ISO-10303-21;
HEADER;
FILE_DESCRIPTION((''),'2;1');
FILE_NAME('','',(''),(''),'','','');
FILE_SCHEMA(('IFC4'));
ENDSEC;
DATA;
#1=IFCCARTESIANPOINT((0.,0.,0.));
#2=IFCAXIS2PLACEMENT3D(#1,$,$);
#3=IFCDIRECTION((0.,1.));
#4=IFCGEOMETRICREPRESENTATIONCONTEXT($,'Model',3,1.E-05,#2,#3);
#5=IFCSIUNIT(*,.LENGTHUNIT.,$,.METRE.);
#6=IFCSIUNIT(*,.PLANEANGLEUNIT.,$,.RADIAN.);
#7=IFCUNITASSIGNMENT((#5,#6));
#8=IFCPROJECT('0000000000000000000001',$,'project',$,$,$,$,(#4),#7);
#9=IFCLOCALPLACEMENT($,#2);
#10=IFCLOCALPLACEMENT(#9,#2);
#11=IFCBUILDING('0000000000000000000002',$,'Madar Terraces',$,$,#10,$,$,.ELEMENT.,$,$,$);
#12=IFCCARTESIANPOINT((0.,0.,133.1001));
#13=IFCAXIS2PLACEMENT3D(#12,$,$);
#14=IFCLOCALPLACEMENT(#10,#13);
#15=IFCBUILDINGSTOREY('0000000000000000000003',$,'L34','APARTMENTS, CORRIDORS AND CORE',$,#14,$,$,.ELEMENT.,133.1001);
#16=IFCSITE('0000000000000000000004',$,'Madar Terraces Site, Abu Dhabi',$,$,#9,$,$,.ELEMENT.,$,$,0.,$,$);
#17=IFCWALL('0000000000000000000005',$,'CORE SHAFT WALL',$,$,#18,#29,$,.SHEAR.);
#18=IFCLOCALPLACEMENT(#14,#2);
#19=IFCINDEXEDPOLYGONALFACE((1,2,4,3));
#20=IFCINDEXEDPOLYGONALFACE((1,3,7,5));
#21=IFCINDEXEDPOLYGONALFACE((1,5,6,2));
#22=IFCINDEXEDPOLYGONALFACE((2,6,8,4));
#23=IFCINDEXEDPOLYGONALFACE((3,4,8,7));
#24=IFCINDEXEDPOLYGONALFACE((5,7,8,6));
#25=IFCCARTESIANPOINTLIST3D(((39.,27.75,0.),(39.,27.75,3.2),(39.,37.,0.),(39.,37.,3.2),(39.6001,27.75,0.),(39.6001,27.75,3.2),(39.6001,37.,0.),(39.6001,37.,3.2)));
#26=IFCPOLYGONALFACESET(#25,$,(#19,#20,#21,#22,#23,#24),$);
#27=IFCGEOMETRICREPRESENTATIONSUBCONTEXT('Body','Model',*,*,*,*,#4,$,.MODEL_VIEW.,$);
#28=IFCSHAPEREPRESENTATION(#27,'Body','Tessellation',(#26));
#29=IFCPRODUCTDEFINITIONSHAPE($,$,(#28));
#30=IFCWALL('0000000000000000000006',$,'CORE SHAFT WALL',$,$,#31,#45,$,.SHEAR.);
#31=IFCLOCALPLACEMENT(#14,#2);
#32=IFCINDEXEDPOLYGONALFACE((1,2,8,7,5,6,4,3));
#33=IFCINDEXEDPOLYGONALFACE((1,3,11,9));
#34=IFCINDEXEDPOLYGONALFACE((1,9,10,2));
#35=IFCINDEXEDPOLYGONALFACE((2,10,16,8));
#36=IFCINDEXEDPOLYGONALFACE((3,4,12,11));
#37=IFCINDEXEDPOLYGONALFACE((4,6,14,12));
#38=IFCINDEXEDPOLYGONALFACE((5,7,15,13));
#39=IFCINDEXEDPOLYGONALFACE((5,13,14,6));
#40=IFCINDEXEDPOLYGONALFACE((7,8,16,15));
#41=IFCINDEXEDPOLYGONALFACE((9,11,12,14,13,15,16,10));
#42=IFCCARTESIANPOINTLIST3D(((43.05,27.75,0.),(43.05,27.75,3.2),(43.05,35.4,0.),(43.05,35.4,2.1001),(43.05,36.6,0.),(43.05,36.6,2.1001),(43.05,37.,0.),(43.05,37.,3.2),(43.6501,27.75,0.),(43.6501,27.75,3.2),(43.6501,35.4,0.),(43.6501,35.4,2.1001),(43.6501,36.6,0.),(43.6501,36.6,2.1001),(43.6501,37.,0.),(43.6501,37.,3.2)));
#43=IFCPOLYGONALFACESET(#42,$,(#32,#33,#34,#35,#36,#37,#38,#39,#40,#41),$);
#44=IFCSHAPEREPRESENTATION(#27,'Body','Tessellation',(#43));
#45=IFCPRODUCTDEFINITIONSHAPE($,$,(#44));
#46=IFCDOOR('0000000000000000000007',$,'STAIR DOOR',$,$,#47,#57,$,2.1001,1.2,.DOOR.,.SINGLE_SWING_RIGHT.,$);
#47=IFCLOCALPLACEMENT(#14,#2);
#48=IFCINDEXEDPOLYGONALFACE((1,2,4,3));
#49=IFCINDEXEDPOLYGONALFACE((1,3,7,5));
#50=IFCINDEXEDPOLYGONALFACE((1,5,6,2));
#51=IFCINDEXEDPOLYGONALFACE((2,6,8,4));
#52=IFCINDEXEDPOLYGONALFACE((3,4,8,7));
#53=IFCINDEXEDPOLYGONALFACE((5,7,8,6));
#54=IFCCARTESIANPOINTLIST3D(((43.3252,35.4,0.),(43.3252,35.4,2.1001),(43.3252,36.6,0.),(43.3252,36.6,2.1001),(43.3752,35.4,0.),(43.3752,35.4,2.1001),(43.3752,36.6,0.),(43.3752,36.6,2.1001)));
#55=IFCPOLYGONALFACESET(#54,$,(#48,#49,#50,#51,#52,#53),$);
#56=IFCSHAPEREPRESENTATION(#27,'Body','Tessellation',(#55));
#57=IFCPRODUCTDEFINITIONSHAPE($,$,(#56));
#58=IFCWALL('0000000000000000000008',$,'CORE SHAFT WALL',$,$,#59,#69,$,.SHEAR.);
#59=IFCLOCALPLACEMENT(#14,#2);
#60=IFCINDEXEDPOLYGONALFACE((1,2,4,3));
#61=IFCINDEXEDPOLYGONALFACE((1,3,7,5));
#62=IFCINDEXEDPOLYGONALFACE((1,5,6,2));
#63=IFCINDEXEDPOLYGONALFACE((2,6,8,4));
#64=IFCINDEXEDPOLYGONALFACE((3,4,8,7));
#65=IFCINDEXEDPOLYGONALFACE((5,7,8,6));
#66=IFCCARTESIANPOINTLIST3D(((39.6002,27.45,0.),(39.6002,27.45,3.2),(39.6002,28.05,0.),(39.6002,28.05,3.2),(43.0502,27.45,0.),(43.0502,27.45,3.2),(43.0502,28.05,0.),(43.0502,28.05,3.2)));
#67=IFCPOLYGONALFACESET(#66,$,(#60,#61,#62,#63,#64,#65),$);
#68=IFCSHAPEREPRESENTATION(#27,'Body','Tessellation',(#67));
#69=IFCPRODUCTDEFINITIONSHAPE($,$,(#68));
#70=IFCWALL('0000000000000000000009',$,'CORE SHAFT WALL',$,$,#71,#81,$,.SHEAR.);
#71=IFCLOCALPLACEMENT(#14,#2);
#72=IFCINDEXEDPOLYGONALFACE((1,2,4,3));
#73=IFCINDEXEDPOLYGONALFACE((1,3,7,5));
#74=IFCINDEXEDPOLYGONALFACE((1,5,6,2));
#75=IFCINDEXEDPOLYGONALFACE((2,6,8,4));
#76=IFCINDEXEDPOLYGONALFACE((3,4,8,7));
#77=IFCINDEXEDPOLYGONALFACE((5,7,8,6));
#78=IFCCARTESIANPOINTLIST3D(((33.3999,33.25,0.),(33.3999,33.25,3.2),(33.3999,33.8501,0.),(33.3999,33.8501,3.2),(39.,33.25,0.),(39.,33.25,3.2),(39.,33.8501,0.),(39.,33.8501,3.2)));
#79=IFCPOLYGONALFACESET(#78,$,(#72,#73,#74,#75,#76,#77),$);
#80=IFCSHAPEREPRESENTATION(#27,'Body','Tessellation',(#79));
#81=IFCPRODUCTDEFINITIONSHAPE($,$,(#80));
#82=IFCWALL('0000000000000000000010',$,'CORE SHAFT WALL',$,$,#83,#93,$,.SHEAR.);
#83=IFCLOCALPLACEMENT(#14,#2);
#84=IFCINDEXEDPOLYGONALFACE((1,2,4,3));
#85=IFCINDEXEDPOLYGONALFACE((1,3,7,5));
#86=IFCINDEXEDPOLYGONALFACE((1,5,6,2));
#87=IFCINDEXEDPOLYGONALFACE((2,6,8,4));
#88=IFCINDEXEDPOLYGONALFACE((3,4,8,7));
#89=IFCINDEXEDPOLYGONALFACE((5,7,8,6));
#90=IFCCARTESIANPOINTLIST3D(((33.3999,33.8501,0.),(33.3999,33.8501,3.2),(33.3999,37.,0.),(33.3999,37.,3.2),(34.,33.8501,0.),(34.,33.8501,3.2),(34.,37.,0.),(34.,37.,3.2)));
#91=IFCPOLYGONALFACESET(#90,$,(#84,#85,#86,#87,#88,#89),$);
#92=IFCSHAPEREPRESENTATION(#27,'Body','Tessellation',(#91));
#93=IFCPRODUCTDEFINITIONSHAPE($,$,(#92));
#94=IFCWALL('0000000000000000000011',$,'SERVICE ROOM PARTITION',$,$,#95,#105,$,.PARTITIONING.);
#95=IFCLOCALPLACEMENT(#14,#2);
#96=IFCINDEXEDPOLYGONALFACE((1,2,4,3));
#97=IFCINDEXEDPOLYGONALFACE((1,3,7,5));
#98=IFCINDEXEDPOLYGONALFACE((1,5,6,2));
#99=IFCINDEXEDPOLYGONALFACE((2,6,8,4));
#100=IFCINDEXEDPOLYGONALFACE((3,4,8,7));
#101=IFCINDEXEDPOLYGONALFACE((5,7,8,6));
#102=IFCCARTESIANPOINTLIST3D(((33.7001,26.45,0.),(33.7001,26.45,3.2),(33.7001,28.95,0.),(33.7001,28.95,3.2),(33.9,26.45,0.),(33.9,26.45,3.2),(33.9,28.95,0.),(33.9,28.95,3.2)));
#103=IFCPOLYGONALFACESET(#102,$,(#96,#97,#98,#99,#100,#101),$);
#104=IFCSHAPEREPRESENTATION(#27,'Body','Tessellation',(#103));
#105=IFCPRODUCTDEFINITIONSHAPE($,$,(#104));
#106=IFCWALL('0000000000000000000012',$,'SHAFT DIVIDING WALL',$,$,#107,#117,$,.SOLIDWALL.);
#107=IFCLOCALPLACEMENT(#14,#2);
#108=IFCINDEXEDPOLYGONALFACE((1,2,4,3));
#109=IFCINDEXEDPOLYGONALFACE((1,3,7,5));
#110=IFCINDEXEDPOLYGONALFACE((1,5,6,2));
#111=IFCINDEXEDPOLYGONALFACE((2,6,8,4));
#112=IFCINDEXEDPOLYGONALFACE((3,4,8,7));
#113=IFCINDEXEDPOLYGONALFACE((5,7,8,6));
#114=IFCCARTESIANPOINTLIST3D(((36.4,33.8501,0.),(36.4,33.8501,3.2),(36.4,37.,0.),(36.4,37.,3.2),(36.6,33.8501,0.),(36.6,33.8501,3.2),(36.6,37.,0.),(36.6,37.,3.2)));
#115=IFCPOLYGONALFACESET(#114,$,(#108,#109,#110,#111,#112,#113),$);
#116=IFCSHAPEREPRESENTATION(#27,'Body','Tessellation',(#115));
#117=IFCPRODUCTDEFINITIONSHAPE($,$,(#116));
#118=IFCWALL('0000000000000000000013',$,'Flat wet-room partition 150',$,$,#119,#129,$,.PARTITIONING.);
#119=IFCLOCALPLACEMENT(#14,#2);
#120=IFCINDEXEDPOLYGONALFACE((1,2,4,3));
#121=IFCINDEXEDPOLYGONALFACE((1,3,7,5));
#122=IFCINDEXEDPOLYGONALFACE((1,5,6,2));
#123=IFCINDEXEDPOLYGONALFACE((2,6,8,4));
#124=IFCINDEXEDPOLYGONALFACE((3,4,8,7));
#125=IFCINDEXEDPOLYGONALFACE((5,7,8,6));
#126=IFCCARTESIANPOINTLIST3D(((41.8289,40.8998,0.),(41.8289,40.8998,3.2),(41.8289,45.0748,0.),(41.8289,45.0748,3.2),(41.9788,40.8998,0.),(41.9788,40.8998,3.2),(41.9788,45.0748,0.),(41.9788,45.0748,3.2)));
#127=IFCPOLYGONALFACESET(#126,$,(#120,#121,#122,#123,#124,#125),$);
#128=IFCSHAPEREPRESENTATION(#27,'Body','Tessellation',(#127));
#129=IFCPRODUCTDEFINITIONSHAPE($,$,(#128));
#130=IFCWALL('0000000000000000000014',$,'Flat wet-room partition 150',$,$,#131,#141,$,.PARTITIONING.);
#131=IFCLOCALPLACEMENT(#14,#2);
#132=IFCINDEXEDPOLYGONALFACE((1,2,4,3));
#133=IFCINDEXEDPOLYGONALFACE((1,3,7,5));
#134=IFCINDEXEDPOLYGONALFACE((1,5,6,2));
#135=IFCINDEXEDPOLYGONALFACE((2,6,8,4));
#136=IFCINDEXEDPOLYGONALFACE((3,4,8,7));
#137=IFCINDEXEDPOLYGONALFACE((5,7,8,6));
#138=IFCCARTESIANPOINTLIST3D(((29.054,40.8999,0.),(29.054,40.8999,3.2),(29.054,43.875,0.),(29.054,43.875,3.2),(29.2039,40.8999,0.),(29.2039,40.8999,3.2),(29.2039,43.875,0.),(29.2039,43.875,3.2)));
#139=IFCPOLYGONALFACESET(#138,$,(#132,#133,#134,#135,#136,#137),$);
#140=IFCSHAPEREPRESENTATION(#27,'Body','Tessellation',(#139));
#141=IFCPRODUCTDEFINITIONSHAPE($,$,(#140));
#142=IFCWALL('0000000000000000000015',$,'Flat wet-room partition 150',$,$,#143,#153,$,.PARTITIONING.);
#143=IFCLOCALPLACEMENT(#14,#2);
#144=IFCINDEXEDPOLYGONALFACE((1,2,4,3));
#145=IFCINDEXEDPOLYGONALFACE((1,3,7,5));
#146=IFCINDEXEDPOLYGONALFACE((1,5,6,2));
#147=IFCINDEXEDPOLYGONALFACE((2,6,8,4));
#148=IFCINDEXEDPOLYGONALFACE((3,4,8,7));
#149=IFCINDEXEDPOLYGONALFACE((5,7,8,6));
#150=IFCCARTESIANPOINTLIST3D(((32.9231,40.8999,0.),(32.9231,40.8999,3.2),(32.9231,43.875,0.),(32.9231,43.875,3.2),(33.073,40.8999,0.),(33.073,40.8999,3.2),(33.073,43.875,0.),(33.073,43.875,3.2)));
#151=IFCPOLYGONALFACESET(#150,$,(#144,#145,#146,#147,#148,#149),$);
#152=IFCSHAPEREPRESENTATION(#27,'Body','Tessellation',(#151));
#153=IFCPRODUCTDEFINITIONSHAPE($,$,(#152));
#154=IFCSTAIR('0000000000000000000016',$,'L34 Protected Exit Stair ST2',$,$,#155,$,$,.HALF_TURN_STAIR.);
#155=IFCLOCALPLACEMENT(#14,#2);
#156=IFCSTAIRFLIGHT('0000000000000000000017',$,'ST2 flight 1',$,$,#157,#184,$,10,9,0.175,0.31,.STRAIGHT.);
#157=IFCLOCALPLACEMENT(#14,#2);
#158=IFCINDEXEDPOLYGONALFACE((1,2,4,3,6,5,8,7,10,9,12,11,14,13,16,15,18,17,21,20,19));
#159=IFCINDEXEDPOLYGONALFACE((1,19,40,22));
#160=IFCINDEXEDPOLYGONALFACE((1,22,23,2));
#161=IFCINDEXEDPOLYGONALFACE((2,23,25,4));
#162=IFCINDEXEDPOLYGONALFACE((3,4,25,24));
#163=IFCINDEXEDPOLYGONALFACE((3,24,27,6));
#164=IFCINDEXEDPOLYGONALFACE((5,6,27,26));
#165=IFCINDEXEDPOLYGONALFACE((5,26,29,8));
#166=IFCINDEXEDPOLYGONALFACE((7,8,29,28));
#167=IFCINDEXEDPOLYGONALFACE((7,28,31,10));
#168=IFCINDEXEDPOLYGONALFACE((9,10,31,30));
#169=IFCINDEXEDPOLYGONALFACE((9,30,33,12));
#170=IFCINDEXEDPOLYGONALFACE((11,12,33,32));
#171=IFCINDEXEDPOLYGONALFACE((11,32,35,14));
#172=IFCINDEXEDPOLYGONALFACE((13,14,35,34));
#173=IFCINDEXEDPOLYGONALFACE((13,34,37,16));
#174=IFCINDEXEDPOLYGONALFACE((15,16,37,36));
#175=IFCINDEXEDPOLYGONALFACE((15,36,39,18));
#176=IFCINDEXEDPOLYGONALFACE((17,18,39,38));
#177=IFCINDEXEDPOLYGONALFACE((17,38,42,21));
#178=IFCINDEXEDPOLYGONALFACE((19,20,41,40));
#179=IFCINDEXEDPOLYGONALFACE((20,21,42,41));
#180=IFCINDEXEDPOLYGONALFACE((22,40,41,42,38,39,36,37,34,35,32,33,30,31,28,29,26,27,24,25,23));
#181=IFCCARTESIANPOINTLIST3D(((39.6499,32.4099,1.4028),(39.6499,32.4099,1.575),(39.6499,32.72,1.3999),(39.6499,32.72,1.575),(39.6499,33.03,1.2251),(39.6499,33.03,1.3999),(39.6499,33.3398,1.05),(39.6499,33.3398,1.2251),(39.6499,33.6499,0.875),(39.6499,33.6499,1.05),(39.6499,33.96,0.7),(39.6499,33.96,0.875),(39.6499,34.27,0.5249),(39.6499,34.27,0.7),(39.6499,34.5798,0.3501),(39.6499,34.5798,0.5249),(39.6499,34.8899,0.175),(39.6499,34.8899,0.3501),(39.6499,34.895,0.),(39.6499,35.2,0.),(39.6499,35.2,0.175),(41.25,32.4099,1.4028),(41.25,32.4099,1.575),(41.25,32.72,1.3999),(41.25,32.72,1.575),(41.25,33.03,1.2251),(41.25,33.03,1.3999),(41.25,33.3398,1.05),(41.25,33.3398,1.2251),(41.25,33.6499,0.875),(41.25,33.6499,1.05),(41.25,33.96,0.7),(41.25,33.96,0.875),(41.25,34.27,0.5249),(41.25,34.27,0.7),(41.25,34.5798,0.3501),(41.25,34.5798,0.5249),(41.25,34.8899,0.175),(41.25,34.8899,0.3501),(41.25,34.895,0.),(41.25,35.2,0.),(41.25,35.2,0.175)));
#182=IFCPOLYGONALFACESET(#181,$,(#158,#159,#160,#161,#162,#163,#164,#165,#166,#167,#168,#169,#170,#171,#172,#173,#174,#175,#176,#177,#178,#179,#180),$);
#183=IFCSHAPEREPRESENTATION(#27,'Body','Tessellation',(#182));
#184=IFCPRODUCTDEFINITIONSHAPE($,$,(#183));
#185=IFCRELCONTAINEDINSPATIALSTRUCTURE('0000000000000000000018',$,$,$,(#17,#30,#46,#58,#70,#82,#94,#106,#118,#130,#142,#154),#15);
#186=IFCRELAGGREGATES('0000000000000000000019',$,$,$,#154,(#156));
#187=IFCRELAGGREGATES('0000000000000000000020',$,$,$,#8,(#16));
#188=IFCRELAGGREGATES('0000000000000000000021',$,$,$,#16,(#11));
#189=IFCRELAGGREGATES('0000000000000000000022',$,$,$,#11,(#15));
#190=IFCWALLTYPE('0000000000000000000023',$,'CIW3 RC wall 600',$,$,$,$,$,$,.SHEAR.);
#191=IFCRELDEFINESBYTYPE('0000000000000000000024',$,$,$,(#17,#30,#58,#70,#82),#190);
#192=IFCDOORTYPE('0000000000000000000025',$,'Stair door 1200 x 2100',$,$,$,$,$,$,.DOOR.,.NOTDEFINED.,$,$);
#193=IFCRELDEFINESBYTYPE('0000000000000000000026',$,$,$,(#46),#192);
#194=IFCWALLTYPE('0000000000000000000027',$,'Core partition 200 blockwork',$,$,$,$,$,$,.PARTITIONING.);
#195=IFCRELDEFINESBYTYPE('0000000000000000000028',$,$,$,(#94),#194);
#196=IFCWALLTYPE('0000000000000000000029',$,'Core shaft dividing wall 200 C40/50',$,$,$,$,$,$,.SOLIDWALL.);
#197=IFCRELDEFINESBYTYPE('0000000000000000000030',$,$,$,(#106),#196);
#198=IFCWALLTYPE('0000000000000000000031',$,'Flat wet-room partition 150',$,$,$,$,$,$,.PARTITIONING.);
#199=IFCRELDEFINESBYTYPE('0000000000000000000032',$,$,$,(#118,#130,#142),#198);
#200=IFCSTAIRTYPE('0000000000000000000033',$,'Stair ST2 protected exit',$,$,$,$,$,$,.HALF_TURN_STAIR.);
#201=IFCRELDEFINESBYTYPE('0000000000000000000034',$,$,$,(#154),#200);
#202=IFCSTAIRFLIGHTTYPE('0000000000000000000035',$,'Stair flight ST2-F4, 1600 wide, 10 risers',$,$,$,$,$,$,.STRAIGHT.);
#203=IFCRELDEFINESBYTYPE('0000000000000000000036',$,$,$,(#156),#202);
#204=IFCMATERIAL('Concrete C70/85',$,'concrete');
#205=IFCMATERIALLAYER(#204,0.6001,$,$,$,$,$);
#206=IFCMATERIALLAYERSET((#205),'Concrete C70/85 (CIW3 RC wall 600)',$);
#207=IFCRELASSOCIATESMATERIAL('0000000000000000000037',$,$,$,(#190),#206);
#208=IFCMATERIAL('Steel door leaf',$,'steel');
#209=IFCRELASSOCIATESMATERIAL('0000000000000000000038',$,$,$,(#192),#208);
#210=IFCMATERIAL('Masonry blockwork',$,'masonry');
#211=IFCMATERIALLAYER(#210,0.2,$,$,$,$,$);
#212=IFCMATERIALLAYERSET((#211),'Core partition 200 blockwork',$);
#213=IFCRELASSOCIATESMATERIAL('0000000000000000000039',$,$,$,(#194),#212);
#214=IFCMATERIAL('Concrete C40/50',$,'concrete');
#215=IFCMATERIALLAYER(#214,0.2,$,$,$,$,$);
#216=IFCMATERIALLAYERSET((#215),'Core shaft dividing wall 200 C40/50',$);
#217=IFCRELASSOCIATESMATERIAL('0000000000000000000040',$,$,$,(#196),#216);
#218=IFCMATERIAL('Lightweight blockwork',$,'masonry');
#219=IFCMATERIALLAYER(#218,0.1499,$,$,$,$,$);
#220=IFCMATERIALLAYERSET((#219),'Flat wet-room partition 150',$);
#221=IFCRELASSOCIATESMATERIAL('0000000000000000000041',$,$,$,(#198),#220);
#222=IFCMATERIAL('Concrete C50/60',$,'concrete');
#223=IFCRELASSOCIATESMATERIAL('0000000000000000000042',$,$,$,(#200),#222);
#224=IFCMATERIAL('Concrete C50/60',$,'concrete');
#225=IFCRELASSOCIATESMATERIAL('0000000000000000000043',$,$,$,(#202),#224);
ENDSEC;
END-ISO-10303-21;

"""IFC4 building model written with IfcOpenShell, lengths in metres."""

from ifc_helpers import new_model, si_unit, direction, frame, frame_2d, origin, place, context, subcontext, project, spatial, polyline, rectangle, outline, extrude, material, layer, layer_set, type_object, element, fill, aggregate, save


model = new_model("IFC4")

# Units and contexts
model_context = context("Model", 3, precision=1e-05, world=origin(), true_north=direction((0.0, 1.0)))
body_context = subcontext(model_context, "Body", "Model", "MODEL_VIEW")
ifc_project = project(units=[si_unit("LENGTHUNIT", "METRE"), si_unit("PLANEANGLEUNIT", "RADIAN")], contexts=[model_context])

# Site, building, storey
site_placement = place(None, origin())
site = spatial("IfcSite", under=ifc_project, at=site_placement, Name="Madar Terraces Site, Abu Dhabi", CompositionType="ELEMENT", RefElevation=0.0)
building_placement = place(site_placement, origin())
building = spatial("IfcBuilding", under=site, at=building_placement, Name="Madar Terraces", CompositionType="ELEMENT")
storey_placement = place(building_placement, frame((0.0, 0.0, 133.1001)))
storey = spatial("IfcBuildingStorey", under=building, at=storey_placement, Name="L34", Description="APARTMENTS, CORRIDORS AND CORE", CompositionType="ELEMENT", Elevation=133.1001)

# Wall
ifc_material_1 = material(Name="Concrete C70/85", Category="concrete")
ifc_layer_1 = layer(ifc_material_1, 0.6001)
ifc_layer_set_1 = layer_set([ifc_layer_1], Name="Concrete C70/85 (CIW3 RC wall 600)")
wall_type_1 = type_object("IfcWallType", Name="CIW3 RC wall 600", PredefinedType="SHEAR", material=ifc_layer_set_1)
wall_1_placement = place(storey_placement, frame((39.3, 27.75, 0.0), z_axis=(0.0, 0.0, 1.0), x_axis=(0.0, 1.0, 0.0)))
element("IfcWall", 1, at=wall_1_placement, inside=storey, type_object=wall_type_1, Name="CORE SHAFT WALL", PredefinedType="SHEAR", context=body_context, shape_type="SweptSolid", body=[
    extrude(rectangle(XDim=9.25, YDim=0.6001, at=frame_2d((4.625, 0.0))), origin(), (0.0, 0.0, 1.0), 3.2),
])

# Wall, opening, door
wall_2_placement = place(storey_placement, frame((43.3501, 27.75, 0.0), z_axis=(0.0, 0.0, 1.0), x_axis=(0.0, 1.0, 0.0)))
wall_2 = element("IfcWall", 2, at=wall_2_placement, inside=storey, type_object=wall_type_1, Name="CORE SHAFT WALL", PredefinedType="SHEAR", context=body_context, shape_type="SweptSolid", body=[
    extrude(rectangle(XDim=9.25, YDim=0.6001, at=frame_2d((4.625, 0.0))), origin(), (0.0, 0.0, 1.0), 3.2),
])
opening_placement = place(wall_2_placement, frame((7.6499, 0.0, 0.0)))
opening = element("IfcOpeningElement", 3, at=opening_placement, cuts=wall_2, PredefinedType="OPENING", context=body_context, shape_type="SweptSolid", body=[
    extrude(rectangle(XDim=1.2, YDim=2.1001, at=frame_2d((0.6001, 1.05))), frame((0.0, 0.3101, 0.0), z_axis=(0.0, -1.0, 0.0), x_axis=(1.0, 0.0, 0.0)), (0.0, 0.0, 1.0), 0.6201),
])
ifc_material_2 = material(Name="Steel door leaf", Category="steel")
door_type = type_object("IfcDoorType", Name="Stair door 1200 x 2100", OperationType="NOTDEFINED", PredefinedType="DOOR", material=ifc_material_2)
door_placement = place(opening_placement, origin())
door = element("IfcDoor", 4, at=door_placement, inside=storey, type_object=door_type, Name="STAIR DOOR", OperationType="SINGLE_SWING_RIGHT", OverallHeight=2.1001, OverallWidth=1.2, PredefinedType="DOOR", context=body_context, shape_type="SweptSolid", body=[
    extrude(rectangle(XDim=1.2, YDim=2.1001, at=frame_2d((0.6001, 1.05))), frame((0.0, 0.0249, 0.0), z_axis=(0.0, -1.0, 0.0), x_axis=(1.0, 0.0, 0.0)), (0.0, 0.0, 1.0), 0.05),
])
fill(opening, door)

# Walls
wall_3_placement = place(storey_placement, frame((39.6001, 27.75, 0.0), z_axis=(0.0, 0.0, 1.0), x_axis=(1.0, 0.0, 0.0)))
element("IfcWall", 5, at=wall_3_placement, inside=storey, type_object=wall_type_1, Name="CORE SHAFT WALL", PredefinedType="SHEAR", context=body_context, shape_type="SweptSolid", body=[
    extrude(rectangle(XDim=3.45, YDim=0.6001, at=frame_2d((1.7251, 0.0))), origin(), (0.0, 0.0, 1.0), 3.2),
])
wall_4_placement = place(storey_placement, frame((33.3999, 33.55, 0.0), z_axis=(0.0, 0.0, 1.0), x_axis=(1.0, 0.0, 0.0)))
element("IfcWall", 6, at=wall_4_placement, inside=storey, type_object=wall_type_1, Name="CORE SHAFT WALL", PredefinedType="SHEAR", context=body_context, shape_type="SweptSolid", body=[
    extrude(rectangle(XDim=5.6001, YDim=0.6001, at=frame_2d((2.8, 0.0))), origin(), (0.0, 0.0, 1.0), 3.2),
])
wall_5_placement = place(storey_placement, frame((33.7, 33.8501, 0.0), z_axis=(0.0, 0.0, 1.0), x_axis=(0.0, 1.0, 0.0)))
element("IfcWall", 7, at=wall_5_placement, inside=storey, type_object=wall_type_1, Name="CORE SHAFT WALL", PredefinedType="SHEAR", context=body_context, shape_type="SweptSolid", body=[
    extrude(rectangle(XDim=3.1499, YDim=0.6001, at=frame_2d((1.575, 0.0))), origin(), (0.0, 0.0, 1.0), 3.2),
])
ifc_material_3 = material(Name="Masonry blockwork", Category="masonry")
ifc_layer_2 = layer(ifc_material_3, 0.2)
ifc_layer_set_2 = layer_set([ifc_layer_2], Name="Core partition 200 blockwork")
wall_type_2 = type_object("IfcWallType", Name="Core partition 200 blockwork", PredefinedType="PARTITIONING", material=ifc_layer_set_2)
wall_6_placement = place(storey_placement, frame((33.8, 26.45, 0.0), z_axis=(0.0, 0.0, 1.0), x_axis=(0.0, 1.0, 0.0)))
element("IfcWall", 8, at=wall_6_placement, inside=storey, type_object=wall_type_2, Name="SERVICE ROOM PARTITION", PredefinedType="PARTITIONING", context=body_context, shape_type="SweptSolid", body=[
    extrude(rectangle(XDim=2.5, YDim=0.2, at=frame_2d((1.25, 0.0))), origin(), (0.0, 0.0, 1.0), 3.2),
])
ifc_material_4 = material(Name="Concrete C40/50", Category="concrete")
ifc_layer_3 = layer(ifc_material_4, 0.2)
ifc_layer_set_3 = layer_set([ifc_layer_3], Name="Core shaft dividing wall 200 C40/50")
wall_type_3 = type_object("IfcWallType", Name="Core shaft dividing wall 200 C40/50", PredefinedType="SOLIDWALL", material=ifc_layer_set_3)
wall_7_placement = place(storey_placement, frame((36.5, 33.8501, 0.0), z_axis=(0.0, 0.0, 1.0), x_axis=(0.0, 1.0, 0.0)))
element("IfcWall", 9, at=wall_7_placement, inside=storey, type_object=wall_type_3, Name="SHAFT DIVIDING WALL", PredefinedType="SOLIDWALL", context=body_context, shape_type="SweptSolid", body=[
    extrude(rectangle(XDim=3.1499, YDim=0.2, at=frame_2d((1.575, 0.0))), origin(), (0.0, 0.0, 1.0), 3.2),
])
ifc_material_5 = material(Name="Lightweight blockwork", Category="masonry")
ifc_layer_4 = layer(ifc_material_5, 0.1499)
ifc_layer_set_4 = layer_set([ifc_layer_4], Name="Flat wet-room partition 150")
wall_type_4 = type_object("IfcWallType", Name="Flat wet-room partition 150", PredefinedType="PARTITIONING", material=ifc_layer_set_4)
wall_8_placement = place(storey_placement, frame((41.9038, 40.8999, 0.0), z_axis=(0.0, 0.0, 1.0), x_axis=(0.0, 1.0, 0.0)))
element("IfcWall", 10, at=wall_8_placement, inside=storey, type_object=wall_type_4, Name="Flat wet-room partition 150", PredefinedType="PARTITIONING", context=body_context, shape_type="SweptSolid", body=[
    extrude(rectangle(XDim=4.175, YDim=0.1499, at=frame_2d((2.0874, 0.0))), origin(), (0.0, 0.0, 1.0), 3.2),
])
for number, where, z_axis, x_axis, name in (
    (11, (29.1289, 40.8999, 0.0), (0.0, 0.0, 1.0), (0.0, 1.0, 0.0), "Flat wet-room partition 150"),
    (12, (32.998, 40.8999, 0.0), (0.0, 0.0, 1.0), (0.0, 1.0, 0.0), "Flat wet-room partition 150"),
):
    element("IfcWall", number, at=place(storey_placement, frame(where, z_axis=z_axis, x_axis=x_axis)), inside=storey, type_object=wall_type_4, Name=name, PredefinedType="PARTITIONING", context=body_context, shape_type="SweptSolid", body=[
        extrude(rectangle(XDim=2.9751, YDim=0.1499, at=frame_2d((1.4875, 0.0))), origin(), (0.0, 0.0, 1.0), 3.2),
    ])

# Stair, stair flight
ifc_material_6 = material(Name="Concrete C50/60", Category="concrete")
stair_type = type_object("IfcStairType", Name="Stair ST2 protected exit", PredefinedType="HALF_TURN_STAIR", material=ifc_material_6)
stair_placement = place(storey_placement, origin())
stair = element("IfcStair", 13, at=stair_placement, inside=storey, type_object=stair_type, Name="L34 Protected Exit Stair ST2", PredefinedType="HALF_TURN_STAIR")
ifc_material_7 = material(Name="Concrete C50/60", Category="concrete")
stair_flight_type = type_object("IfcStairFlightType", Name="Stair flight ST2-F4, 1600 wide, 10 risers", PredefinedType="STRAIGHT", material=ifc_material_7)
stair_flight_1_placement = place(storey_placement, frame((40.45, 35.2, 0.0), z_axis=(0.0, 0.0, 1.0), x_axis=(0.0, -1.0, 0.0)))
stair_flight_1 = element("IfcStairFlight", 14, at=stair_flight_1_placement, type_object=stair_flight_type, Name="ST2 flight 1", NumberOfRisers=10, NumberOfTreads=9, PredefinedType="STRAIGHT", RiserHeight=0.175, TreadLength=0.31, context=body_context, shape_type="SweptSolid", body=[
    extrude(outline(polyline([(0.0, 0.0), (0.0, 0.175), (0.3101, 0.175), (0.3101, 0.3501), (0.6201, 0.3501), (0.6201, 0.5249), (0.9299, 0.5249), (0.9299, 0.7), (1.24, 0.7), (1.24, 0.875), (1.55, 0.875), (1.55, 1.05), (1.8601, 1.05), (1.8601, 1.2251), (2.1699, 1.2251), (2.1699, 1.3999), (2.48, 1.3999), (2.48, 1.575), (2.79, 1.575), (2.79, 1.75), (2.79, 1.4028), (0.3049, 0.0), (0.0, 0.0)])), frame((0.0, 0.8, 0.0), z_axis=(0.0, -1.0, 0.0), x_axis=(1.0, 0.0, 0.0)), (0.0, 0.0, 1.0), 1.6001),
])
aggregate(stair, [stair_flight_1])

save(model, "model.ifc")
